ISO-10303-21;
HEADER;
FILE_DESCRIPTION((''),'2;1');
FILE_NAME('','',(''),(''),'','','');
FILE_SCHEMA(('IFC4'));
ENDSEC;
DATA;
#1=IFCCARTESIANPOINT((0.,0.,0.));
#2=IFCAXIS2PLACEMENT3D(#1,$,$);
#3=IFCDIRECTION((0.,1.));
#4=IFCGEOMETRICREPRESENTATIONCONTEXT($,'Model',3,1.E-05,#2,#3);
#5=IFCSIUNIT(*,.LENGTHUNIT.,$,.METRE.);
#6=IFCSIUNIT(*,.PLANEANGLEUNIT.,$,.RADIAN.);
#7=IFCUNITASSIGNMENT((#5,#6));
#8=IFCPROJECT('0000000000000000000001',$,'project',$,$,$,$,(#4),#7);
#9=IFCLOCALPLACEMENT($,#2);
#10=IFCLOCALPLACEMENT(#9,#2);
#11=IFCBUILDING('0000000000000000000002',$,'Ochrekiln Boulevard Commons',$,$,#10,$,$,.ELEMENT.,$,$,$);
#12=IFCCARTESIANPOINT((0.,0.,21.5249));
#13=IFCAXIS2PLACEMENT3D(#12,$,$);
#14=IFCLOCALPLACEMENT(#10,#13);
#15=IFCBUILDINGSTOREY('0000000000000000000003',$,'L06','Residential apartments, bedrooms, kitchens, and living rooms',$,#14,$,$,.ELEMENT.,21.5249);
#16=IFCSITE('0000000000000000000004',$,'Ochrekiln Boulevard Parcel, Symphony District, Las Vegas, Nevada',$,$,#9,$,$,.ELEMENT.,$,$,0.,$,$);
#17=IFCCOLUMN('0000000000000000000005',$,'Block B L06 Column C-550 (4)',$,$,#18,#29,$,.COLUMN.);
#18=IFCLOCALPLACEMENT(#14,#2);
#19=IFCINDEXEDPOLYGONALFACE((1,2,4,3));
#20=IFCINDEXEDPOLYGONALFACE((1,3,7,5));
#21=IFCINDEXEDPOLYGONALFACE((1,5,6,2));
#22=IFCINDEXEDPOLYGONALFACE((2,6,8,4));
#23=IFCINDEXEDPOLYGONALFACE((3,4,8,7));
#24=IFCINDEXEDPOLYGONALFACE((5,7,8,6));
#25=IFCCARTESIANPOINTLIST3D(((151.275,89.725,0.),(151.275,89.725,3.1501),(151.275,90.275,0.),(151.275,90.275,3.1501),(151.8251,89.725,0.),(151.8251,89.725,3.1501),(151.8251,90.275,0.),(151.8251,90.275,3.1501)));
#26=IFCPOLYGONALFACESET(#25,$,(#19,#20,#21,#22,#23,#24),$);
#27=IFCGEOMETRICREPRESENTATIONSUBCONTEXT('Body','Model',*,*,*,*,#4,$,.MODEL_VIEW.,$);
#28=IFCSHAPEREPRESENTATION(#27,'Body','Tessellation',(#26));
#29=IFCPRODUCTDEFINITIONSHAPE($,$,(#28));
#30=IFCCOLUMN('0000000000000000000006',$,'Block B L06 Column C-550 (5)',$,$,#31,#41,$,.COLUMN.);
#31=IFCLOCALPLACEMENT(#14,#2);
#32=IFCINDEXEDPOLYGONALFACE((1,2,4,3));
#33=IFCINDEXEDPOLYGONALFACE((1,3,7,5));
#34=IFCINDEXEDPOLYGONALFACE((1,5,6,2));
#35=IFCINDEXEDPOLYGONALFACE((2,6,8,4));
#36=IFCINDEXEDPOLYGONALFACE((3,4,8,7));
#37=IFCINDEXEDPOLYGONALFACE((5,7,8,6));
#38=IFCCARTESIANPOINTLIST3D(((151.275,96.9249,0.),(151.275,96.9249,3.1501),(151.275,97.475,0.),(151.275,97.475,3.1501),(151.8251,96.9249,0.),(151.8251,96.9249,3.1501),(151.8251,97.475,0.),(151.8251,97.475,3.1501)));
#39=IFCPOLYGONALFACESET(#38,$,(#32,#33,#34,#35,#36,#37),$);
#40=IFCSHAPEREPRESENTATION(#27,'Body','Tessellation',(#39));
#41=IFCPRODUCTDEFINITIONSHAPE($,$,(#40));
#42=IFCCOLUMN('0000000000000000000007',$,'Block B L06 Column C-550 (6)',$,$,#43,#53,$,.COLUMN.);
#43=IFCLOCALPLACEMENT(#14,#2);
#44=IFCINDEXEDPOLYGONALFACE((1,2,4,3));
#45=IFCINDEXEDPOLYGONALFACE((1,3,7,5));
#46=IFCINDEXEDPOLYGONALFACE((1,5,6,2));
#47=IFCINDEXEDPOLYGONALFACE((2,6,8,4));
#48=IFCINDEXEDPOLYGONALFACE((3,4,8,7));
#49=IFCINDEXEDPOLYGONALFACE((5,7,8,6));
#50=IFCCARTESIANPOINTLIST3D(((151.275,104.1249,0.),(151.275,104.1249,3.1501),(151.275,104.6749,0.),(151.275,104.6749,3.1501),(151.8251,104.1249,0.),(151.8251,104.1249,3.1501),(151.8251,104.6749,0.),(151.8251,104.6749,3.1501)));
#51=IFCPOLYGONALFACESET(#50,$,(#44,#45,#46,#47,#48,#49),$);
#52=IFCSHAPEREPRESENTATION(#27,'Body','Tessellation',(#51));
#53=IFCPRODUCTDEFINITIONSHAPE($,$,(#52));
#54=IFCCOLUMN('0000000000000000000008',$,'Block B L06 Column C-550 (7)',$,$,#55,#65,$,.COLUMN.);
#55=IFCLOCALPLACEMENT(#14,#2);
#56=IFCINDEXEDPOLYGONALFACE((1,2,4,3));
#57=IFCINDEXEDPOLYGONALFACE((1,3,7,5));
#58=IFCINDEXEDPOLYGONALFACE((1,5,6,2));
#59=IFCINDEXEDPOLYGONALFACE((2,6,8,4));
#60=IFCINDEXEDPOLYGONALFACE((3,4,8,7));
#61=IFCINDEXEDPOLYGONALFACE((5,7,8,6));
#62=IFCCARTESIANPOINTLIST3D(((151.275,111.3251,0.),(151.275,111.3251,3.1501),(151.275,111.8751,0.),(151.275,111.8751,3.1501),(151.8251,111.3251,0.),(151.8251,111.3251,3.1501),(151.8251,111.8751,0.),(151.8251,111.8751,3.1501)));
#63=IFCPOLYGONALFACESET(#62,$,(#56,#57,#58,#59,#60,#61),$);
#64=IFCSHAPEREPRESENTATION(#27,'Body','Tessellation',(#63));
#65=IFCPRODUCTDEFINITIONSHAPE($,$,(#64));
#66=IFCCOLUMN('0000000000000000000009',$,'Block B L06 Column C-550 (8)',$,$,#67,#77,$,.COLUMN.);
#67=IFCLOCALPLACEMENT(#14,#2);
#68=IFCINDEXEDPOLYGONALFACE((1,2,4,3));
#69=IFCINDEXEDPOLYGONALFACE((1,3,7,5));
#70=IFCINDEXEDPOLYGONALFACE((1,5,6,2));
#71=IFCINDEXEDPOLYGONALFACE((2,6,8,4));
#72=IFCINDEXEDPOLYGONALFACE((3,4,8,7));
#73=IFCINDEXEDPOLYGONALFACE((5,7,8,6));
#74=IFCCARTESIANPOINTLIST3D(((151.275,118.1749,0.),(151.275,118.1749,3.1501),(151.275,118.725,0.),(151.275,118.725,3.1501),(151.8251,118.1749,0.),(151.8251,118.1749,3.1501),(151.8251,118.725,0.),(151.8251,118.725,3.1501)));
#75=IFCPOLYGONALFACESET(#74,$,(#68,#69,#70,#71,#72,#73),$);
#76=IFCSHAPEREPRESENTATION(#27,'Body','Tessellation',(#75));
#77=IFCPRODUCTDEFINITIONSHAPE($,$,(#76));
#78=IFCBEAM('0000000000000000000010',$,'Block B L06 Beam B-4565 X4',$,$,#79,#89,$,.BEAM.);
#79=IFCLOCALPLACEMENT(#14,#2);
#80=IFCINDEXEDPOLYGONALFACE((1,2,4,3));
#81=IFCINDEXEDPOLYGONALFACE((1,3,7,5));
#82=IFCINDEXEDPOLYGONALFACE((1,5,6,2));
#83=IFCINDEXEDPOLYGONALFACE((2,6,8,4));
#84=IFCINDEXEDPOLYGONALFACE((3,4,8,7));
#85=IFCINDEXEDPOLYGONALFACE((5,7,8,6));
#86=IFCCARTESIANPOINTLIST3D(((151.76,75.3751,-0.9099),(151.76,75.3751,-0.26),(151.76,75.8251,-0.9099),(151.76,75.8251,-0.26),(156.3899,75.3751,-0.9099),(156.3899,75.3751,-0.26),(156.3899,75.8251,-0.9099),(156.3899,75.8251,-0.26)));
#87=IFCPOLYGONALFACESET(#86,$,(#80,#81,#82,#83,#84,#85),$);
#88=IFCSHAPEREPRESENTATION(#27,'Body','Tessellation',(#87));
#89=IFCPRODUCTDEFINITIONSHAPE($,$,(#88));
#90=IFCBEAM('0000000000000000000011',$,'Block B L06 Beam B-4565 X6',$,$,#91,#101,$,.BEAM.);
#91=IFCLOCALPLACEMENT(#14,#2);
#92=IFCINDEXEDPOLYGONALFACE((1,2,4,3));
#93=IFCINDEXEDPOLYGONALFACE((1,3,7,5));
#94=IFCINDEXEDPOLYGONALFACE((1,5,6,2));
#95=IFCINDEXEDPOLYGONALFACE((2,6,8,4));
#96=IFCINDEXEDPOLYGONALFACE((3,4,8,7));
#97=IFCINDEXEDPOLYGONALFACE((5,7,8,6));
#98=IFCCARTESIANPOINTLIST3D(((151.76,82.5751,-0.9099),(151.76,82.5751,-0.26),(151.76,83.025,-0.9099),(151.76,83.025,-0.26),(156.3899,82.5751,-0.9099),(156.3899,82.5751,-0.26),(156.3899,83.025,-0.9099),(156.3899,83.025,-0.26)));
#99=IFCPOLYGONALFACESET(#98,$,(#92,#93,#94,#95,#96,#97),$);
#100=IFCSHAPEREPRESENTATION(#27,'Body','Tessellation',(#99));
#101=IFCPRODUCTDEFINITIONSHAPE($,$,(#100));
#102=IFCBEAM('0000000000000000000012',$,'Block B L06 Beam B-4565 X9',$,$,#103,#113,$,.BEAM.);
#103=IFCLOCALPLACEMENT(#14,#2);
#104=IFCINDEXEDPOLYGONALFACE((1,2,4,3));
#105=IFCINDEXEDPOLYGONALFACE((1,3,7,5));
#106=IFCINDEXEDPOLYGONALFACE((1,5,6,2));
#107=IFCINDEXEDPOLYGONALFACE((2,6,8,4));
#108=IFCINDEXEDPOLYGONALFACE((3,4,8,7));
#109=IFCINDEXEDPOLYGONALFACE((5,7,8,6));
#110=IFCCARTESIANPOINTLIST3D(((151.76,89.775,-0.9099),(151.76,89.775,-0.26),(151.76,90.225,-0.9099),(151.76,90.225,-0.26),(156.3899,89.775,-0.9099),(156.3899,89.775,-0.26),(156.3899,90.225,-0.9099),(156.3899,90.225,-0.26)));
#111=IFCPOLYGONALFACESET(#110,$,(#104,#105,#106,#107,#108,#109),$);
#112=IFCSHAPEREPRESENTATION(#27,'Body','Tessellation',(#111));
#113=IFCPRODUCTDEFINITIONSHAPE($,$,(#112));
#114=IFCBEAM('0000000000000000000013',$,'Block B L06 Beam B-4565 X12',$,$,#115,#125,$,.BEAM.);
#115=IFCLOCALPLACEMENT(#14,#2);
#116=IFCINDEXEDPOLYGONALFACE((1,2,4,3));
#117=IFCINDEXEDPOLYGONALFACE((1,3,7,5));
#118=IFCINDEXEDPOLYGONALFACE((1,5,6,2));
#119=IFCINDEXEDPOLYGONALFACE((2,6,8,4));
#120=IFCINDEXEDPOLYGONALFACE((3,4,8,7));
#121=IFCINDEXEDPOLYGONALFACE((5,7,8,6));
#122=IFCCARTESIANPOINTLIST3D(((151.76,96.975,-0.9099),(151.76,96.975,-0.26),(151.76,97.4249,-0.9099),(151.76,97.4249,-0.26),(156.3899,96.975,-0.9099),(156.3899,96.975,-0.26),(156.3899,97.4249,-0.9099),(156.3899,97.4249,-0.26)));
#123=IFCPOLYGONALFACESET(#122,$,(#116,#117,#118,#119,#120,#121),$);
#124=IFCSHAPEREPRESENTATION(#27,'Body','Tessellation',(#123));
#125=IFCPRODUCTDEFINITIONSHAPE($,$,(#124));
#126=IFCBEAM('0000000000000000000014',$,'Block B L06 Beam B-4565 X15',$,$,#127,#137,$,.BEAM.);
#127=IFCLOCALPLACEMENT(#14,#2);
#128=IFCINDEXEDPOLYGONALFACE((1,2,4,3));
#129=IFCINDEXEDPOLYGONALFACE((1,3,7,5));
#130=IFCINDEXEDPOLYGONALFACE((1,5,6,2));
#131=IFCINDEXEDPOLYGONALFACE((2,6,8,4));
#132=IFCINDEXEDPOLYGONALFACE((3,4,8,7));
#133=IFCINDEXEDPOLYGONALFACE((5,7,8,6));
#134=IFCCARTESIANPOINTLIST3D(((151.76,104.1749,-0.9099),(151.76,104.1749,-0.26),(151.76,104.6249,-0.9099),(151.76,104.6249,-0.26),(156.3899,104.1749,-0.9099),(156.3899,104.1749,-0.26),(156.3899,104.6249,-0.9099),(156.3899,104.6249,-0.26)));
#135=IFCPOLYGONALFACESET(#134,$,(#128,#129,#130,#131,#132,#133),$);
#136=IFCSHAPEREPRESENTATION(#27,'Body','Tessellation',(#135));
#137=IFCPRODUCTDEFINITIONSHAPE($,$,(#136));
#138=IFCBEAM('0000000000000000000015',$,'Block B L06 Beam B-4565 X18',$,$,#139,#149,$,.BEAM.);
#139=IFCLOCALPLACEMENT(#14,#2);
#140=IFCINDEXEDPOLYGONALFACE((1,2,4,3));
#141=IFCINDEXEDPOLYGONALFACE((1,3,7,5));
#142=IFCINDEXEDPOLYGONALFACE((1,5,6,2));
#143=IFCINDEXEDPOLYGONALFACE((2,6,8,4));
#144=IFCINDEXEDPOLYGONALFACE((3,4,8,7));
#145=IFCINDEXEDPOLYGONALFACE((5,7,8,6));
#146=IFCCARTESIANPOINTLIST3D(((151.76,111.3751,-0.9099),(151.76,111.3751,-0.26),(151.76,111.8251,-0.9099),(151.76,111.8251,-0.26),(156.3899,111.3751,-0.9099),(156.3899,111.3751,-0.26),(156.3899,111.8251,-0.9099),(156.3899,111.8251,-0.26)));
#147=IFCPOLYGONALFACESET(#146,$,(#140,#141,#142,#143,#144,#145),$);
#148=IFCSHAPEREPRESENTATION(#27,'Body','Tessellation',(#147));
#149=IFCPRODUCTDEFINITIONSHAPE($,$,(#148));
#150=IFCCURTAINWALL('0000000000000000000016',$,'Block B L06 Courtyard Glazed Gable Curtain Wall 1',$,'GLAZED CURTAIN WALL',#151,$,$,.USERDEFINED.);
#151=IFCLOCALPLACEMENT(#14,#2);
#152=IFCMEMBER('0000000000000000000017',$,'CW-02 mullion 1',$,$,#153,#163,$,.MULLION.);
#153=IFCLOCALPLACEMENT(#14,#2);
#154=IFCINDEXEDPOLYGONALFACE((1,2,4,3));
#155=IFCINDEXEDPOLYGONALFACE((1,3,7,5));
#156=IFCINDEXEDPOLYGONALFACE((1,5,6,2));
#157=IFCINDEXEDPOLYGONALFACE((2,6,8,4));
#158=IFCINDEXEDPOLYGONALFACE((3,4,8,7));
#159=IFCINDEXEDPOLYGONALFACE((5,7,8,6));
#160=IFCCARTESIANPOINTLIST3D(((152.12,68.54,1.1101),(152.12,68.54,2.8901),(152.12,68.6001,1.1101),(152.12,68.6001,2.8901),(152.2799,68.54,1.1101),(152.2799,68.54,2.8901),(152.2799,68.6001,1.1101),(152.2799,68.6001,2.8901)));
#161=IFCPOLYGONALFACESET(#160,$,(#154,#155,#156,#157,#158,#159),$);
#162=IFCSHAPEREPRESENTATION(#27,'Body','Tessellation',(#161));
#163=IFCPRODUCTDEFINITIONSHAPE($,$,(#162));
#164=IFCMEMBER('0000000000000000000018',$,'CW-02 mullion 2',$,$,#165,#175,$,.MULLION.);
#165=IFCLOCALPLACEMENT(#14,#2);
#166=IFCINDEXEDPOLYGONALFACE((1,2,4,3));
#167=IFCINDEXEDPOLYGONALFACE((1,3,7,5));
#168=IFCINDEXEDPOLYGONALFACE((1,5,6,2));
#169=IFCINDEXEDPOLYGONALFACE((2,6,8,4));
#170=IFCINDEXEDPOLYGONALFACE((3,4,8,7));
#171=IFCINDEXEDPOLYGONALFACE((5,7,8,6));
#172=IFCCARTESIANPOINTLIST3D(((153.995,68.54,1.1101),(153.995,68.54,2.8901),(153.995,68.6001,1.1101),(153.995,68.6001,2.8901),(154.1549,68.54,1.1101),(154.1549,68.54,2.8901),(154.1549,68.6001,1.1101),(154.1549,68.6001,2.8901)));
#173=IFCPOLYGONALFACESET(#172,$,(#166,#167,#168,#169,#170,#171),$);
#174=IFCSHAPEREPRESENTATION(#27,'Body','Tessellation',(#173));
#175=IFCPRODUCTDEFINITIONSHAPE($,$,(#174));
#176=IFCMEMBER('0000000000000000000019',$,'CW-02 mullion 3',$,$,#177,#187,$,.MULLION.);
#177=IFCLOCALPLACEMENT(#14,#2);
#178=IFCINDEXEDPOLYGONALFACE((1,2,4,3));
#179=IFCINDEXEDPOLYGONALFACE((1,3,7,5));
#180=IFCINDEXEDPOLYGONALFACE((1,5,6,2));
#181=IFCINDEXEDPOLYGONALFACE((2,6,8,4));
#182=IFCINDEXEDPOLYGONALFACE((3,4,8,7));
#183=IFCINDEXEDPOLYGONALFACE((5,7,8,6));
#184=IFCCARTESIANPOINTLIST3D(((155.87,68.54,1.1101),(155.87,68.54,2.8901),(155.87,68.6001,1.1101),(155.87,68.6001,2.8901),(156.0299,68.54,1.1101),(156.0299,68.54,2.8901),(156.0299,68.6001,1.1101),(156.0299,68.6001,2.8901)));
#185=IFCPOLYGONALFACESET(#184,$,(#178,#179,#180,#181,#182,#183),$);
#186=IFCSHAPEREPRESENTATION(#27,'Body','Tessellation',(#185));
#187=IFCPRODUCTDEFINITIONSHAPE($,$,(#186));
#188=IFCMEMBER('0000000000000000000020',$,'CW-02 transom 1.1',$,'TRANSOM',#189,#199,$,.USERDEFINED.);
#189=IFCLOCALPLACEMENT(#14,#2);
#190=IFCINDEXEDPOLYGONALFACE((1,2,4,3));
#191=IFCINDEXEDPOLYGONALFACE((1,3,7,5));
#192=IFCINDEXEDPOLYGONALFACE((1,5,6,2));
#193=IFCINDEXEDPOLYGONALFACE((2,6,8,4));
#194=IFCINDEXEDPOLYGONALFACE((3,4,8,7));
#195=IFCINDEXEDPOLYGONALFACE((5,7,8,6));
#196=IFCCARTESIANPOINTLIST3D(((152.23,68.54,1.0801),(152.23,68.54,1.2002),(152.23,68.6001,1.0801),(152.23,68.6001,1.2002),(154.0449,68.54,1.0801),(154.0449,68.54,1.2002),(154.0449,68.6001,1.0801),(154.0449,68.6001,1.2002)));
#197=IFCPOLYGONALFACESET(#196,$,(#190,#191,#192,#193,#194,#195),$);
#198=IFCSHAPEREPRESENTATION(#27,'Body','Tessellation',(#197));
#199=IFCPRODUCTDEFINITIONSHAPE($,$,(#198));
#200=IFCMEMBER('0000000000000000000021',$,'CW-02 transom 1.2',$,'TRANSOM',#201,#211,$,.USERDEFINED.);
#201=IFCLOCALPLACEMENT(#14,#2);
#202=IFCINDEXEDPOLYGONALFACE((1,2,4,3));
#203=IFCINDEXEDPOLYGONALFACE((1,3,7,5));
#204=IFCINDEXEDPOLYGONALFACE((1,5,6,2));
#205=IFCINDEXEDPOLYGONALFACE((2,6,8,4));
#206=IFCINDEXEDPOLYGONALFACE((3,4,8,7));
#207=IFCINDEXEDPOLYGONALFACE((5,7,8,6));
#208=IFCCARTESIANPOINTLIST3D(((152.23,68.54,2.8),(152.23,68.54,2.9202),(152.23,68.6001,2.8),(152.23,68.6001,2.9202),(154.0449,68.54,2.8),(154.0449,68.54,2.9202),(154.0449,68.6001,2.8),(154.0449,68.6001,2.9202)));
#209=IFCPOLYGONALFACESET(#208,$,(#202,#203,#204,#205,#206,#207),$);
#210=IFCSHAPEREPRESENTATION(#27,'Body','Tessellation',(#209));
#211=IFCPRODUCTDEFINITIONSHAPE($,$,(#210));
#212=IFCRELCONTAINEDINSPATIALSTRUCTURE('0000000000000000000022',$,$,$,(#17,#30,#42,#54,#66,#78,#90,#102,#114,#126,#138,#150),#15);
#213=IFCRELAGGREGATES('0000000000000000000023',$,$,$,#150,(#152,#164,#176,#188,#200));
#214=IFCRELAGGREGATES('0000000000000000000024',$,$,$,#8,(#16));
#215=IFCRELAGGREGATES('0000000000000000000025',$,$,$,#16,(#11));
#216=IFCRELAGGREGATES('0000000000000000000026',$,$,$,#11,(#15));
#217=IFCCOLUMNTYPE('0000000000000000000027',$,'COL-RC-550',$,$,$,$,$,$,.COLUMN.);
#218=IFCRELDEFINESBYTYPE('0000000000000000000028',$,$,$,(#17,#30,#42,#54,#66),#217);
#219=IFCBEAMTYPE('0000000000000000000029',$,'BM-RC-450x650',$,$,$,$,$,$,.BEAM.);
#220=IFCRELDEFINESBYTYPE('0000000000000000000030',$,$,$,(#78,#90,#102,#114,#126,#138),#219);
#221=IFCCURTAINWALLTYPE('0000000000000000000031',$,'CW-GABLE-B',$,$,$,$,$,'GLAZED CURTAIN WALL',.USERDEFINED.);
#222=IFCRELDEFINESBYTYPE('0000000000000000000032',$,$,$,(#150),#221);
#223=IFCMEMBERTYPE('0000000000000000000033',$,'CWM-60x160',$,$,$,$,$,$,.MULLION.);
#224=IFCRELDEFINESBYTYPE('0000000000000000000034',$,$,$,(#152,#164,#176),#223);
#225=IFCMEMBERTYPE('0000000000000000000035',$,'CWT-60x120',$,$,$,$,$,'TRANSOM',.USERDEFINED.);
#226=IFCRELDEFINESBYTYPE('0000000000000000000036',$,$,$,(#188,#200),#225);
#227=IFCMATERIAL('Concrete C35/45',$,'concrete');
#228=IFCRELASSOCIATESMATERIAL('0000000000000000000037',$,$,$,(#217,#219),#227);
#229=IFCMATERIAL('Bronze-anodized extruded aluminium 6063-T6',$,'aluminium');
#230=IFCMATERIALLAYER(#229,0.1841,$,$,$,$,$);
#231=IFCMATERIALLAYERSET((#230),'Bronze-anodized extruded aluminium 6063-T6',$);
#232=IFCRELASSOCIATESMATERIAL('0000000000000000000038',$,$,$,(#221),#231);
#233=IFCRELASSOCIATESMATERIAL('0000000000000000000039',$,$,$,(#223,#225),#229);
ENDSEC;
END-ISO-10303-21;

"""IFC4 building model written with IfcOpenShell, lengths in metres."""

from ifc_helpers import new_model, si_unit, direction, frame, origin, origin_2d, place, context, subcontext, project, spatial, rectangle, extrude, material, layer, layer_set, material_profile, profile_set, type_object, element, aggregate, save


model = new_model("IFC4")

# Units and contexts
model_context = context("Model", 3, precision=1e-05, world=origin(), true_north=direction((0.0, 1.0)))
body_context = subcontext(model_context, "Body", "Model", "MODEL_VIEW")
ifc_project = project(units=[si_unit("LENGTHUNIT", "METRE"), si_unit("PLANEANGLEUNIT", "RADIAN")], contexts=[model_context])

# Site, building, storey
site_placement = place(None, origin())
site = spatial("IfcSite", under=ifc_project, at=site_placement, Name="Ochrekiln Boulevard Parcel, Symphony District, Las Vegas, Nevada", CompositionType="ELEMENT", RefElevation=0.0)
building_placement = place(site_placement, origin())
building = spatial("IfcBuilding", under=site, at=building_placement, Name="Ochrekiln Boulevard Commons", CompositionType="ELEMENT")
storey_placement = place(building_placement, frame((0.0, 0.0, 21.5249)))
storey = spatial("IfcBuildingStorey", under=building, at=storey_placement, Name="L06", Description="Residential apartments, bedrooms, kitchens, and living rooms", CompositionType="ELEMENT", Elevation=21.5249)

# Columns
ifc_material_1 = material(Name="Concrete C35/45", Category="concrete")
ifc_material_profile_1 = material_profile(ifc_material_1, rectangle(XDim=0.55, YDim=0.55, at=origin_2d()), Name="RC-COL-550x550")
ifc_profile_set_1 = profile_set([ifc_material_profile_1], Name="Concrete C35/45")
column_type = type_object("IfcColumnType", Name="COL-RC-550", PredefinedType="COLUMN", material=ifc_profile_set_1)
for number, where, z_axis, x_axis, name in (
    (1, (151.55, 90.0, 0.0), (0.0, 0.0, 1.0), (1.0, 0.0, 0.0), "Block B L06 Column C-550 (4)"),
    (2, (151.55, 97.2, 0.0), (0.0, 0.0, 1.0), (1.0, 0.0, 0.0), "Block B L06 Column C-550 (5)"),
    (3, (151.55, 104.3999, 0.0), (0.0, 0.0, 1.0), (1.0, 0.0, 0.0), "Block B L06 Column C-550 (6)"),
    (4, (151.55, 111.6001, 0.0), (0.0, 0.0, 1.0), (1.0, 0.0, 0.0), "Block B L06 Column C-550 (7)"),
    (5, (151.55, 118.45, 0.0), (0.0, 0.0, 1.0), (1.0, 0.0, 0.0), "Block B L06 Column C-550 (8)"),
):
    element("IfcColumn", number, at=place(storey_placement, frame(where, z_axis=z_axis, x_axis=x_axis)), inside=storey, type_object=column_type, Name=name, PredefinedType="COLUMN", context=body_context, shape_type="SweptSolid", body=[
        extrude(rectangle(XDim=0.55, YDim=0.55, at=origin_2d()), origin(), (0.0, 0.0, 1.0), 3.1501),
    ])

# Beams
ifc_material_profile_2 = material_profile(ifc_material_1, rectangle(XDim=0.45, YDim=0.6499, at=origin_2d()), Name="RC-BM-450x650")
ifc_profile_set_2 = profile_set([ifc_material_profile_2], Name="Concrete C35/45")
beam_type_1 = type_object("IfcBeamType", Name="BM-RC-450x650", PredefinedType="BEAM", material=ifc_profile_set_2)
for number, where, z_axis, x_axis, name in (
    (6, (151.76, 75.6001, -0.585), (1.0, 0.0, 0.0), (0.0, 1.0, 0.0), "Block B L06 Beam B-4565 X4"),
    (7, (151.76, 82.8, -0.585), (1.0, 0.0, 0.0), (0.0, 1.0, 0.0), "Block B L06 Beam B-4565 X6"),
    (8, (151.76, 90.0, -0.585), (1.0, 0.0, 0.0), (0.0, 1.0, 0.0), "Block B L06 Beam B-4565 X9"),
    (9, (151.76, 97.2, -0.585), (1.0, 0.0, 0.0), (0.0, 1.0, 0.0), "Block B L06 Beam B-4565 X12"),
    (10, (151.76, 104.3999, -0.585), (1.0, 0.0, 0.0), (0.0, 1.0, 0.0), "Block B L06 Beam B-4565 X15"),
    (11, (151.76, 111.6001, -0.585), (1.0, 0.0, 0.0), (0.0, 1.0, 0.0), "Block B L06 Beam B-4565 X18"),
):
    element("IfcBeam", number, at=place(storey_placement, frame(where, z_axis=z_axis, x_axis=x_axis)), inside=storey, type_object=beam_type_1, Name=name, PredefinedType="BEAM", context=body_context, shape_type="SweptSolid", body=[
        extrude(rectangle(XDim=0.45, YDim=0.6499, at=origin_2d()), origin(), (0.0, 0.0, 1.0), 4.6299),
    ])

# Curtain wall, members
ifc_material_2 = material(Name="Bronze-anodized extruded aluminium 6063-T6", Category="aluminium")
ifc_layer_1 = layer(ifc_material_2, 0.1841)
ifc_layer_set_1 = layer_set([ifc_layer_1], Name="Bronze-anodized extruded aluminium 6063-T6")
curtain_wall_type = type_object("IfcCurtainWallType", Name="CW-GABLE-B", ElementType="GLAZED CURTAIN WALL", PredefinedType="USERDEFINED", material=ifc_layer_set_1)
curtain_wall_placement = place(storey_placement, origin())
curtain_wall = element("IfcCurtainWall", 12, at=curtain_wall_placement, inside=storey, type_object=curtain_wall_type, Name="Block B L06 Courtyard Glazed Gable Curtain Wall 1", ObjectType="GLAZED CURTAIN WALL", PredefinedType="USERDEFINED")
ifc_material_profile_3 = material_profile(ifc_material_2, rectangle(XDim=0.0601, YDim=0.1599, at=origin_2d()), Name="ALU-MUL-60x160")
ifc_profile_set_3 = profile_set([ifc_material_profile_3], Name="Bronze-anodized extruded aluminium 6063-T6")
member_type_1 = type_object("IfcMemberType", Name="CWM-60x160", PredefinedType="MULLION", material=ifc_profile_set_3)
member_1_placement = place(storey_placement, frame((152.2, 68.5701, 1.1101), z_axis=(0.0, 0.0, 1.0), x_axis=(0.0, 1.0, 0.0)))
member_1 = element("IfcMember", 13, at=member_1_placement, type_object=member_type_1, Name="CW-02 mullion 1", PredefinedType="MULLION", context=body_context, shape_type="SweptSolid", body=[
    extrude(rectangle(XDim=0.0601, YDim=0.1599, at=origin_2d()), origin(), (0.0, 0.0, 1.0), 1.78),
])
member_2_placement = place(storey_placement, frame((154.075, 68.5701, 1.1101), z_axis=(0.0, 0.0, 1.0), x_axis=(0.0, 1.0, 0.0)))
member_2 = element("IfcMember", 14, at=member_2_placement, type_object=member_type_1, Name="CW-02 mullion 2", PredefinedType="MULLION", context=body_context, shape_type="SweptSolid", body=[
    extrude(rectangle(XDim=0.0601, YDim=0.1599, at=origin_2d()), origin(), (0.0, 0.0, 1.0), 1.78),
])
member_3_placement = place(storey_placement, frame((155.95, 68.5701, 1.1101), z_axis=(0.0, 0.0, 1.0), x_axis=(0.0, 1.0, 0.0)))
member_3 = element("IfcMember", 15, at=member_3_placement, type_object=member_type_1, Name="CW-02 mullion 3", PredefinedType="MULLION", context=body_context, shape_type="SweptSolid", body=[
    extrude(rectangle(XDim=0.0601, YDim=0.1599, at=origin_2d()), origin(), (0.0, 0.0, 1.0), 1.78),
])
ifc_material_profile_4 = material_profile(ifc_material_2, rectangle(XDim=0.0601, YDim=0.1201, at=origin_2d()), Name="ALU-TRN-60x120")
ifc_profile_set_4 = profile_set([ifc_material_profile_4], Name="Bronze-anodized extruded aluminium 6063-T6")
member_type_2 = type_object("IfcMemberType", Name="CWT-60x120", ElementType="TRANSOM", PredefinedType="USERDEFINED", material=ifc_profile_set_4)
member_4_placement = place(storey_placement, frame((152.23, 68.5701, 1.1401), z_axis=(1.0, 0.0, 0.0), x_axis=(0.0, 1.0, 0.0)))
member_4 = element("IfcMember", 16, at=member_4_placement, type_object=member_type_2, Name="CW-02 transom 1.1", ObjectType="TRANSOM", PredefinedType="USERDEFINED", context=body_context, shape_type="SweptSolid", body=[
    extrude(rectangle(XDim=0.0601, YDim=0.1201, at=origin_2d()), origin(), (0.0, 0.0, 1.0), 1.8149),
])
member_5_placement = place(storey_placement, frame((152.23, 68.5701, 2.8601), z_axis=(1.0, 0.0, 0.0), x_axis=(0.0, 1.0, 0.0)))
member_5 = element("IfcMember", 17, at=member_5_placement, type_object=member_type_2, Name="CW-02 transom 1.2", ObjectType="TRANSOM", PredefinedType="USERDEFINED", context=body_context, shape_type="SweptSolid", body=[
    extrude(rectangle(XDim=0.0601, YDim=0.1201, at=origin_2d()), origin(), (0.0, 0.0, 1.0), 1.8149),
])

aggregate(curtain_wall, [member_1, member_2, member_3, member_4, member_5])

save(model, "model.ifc")
